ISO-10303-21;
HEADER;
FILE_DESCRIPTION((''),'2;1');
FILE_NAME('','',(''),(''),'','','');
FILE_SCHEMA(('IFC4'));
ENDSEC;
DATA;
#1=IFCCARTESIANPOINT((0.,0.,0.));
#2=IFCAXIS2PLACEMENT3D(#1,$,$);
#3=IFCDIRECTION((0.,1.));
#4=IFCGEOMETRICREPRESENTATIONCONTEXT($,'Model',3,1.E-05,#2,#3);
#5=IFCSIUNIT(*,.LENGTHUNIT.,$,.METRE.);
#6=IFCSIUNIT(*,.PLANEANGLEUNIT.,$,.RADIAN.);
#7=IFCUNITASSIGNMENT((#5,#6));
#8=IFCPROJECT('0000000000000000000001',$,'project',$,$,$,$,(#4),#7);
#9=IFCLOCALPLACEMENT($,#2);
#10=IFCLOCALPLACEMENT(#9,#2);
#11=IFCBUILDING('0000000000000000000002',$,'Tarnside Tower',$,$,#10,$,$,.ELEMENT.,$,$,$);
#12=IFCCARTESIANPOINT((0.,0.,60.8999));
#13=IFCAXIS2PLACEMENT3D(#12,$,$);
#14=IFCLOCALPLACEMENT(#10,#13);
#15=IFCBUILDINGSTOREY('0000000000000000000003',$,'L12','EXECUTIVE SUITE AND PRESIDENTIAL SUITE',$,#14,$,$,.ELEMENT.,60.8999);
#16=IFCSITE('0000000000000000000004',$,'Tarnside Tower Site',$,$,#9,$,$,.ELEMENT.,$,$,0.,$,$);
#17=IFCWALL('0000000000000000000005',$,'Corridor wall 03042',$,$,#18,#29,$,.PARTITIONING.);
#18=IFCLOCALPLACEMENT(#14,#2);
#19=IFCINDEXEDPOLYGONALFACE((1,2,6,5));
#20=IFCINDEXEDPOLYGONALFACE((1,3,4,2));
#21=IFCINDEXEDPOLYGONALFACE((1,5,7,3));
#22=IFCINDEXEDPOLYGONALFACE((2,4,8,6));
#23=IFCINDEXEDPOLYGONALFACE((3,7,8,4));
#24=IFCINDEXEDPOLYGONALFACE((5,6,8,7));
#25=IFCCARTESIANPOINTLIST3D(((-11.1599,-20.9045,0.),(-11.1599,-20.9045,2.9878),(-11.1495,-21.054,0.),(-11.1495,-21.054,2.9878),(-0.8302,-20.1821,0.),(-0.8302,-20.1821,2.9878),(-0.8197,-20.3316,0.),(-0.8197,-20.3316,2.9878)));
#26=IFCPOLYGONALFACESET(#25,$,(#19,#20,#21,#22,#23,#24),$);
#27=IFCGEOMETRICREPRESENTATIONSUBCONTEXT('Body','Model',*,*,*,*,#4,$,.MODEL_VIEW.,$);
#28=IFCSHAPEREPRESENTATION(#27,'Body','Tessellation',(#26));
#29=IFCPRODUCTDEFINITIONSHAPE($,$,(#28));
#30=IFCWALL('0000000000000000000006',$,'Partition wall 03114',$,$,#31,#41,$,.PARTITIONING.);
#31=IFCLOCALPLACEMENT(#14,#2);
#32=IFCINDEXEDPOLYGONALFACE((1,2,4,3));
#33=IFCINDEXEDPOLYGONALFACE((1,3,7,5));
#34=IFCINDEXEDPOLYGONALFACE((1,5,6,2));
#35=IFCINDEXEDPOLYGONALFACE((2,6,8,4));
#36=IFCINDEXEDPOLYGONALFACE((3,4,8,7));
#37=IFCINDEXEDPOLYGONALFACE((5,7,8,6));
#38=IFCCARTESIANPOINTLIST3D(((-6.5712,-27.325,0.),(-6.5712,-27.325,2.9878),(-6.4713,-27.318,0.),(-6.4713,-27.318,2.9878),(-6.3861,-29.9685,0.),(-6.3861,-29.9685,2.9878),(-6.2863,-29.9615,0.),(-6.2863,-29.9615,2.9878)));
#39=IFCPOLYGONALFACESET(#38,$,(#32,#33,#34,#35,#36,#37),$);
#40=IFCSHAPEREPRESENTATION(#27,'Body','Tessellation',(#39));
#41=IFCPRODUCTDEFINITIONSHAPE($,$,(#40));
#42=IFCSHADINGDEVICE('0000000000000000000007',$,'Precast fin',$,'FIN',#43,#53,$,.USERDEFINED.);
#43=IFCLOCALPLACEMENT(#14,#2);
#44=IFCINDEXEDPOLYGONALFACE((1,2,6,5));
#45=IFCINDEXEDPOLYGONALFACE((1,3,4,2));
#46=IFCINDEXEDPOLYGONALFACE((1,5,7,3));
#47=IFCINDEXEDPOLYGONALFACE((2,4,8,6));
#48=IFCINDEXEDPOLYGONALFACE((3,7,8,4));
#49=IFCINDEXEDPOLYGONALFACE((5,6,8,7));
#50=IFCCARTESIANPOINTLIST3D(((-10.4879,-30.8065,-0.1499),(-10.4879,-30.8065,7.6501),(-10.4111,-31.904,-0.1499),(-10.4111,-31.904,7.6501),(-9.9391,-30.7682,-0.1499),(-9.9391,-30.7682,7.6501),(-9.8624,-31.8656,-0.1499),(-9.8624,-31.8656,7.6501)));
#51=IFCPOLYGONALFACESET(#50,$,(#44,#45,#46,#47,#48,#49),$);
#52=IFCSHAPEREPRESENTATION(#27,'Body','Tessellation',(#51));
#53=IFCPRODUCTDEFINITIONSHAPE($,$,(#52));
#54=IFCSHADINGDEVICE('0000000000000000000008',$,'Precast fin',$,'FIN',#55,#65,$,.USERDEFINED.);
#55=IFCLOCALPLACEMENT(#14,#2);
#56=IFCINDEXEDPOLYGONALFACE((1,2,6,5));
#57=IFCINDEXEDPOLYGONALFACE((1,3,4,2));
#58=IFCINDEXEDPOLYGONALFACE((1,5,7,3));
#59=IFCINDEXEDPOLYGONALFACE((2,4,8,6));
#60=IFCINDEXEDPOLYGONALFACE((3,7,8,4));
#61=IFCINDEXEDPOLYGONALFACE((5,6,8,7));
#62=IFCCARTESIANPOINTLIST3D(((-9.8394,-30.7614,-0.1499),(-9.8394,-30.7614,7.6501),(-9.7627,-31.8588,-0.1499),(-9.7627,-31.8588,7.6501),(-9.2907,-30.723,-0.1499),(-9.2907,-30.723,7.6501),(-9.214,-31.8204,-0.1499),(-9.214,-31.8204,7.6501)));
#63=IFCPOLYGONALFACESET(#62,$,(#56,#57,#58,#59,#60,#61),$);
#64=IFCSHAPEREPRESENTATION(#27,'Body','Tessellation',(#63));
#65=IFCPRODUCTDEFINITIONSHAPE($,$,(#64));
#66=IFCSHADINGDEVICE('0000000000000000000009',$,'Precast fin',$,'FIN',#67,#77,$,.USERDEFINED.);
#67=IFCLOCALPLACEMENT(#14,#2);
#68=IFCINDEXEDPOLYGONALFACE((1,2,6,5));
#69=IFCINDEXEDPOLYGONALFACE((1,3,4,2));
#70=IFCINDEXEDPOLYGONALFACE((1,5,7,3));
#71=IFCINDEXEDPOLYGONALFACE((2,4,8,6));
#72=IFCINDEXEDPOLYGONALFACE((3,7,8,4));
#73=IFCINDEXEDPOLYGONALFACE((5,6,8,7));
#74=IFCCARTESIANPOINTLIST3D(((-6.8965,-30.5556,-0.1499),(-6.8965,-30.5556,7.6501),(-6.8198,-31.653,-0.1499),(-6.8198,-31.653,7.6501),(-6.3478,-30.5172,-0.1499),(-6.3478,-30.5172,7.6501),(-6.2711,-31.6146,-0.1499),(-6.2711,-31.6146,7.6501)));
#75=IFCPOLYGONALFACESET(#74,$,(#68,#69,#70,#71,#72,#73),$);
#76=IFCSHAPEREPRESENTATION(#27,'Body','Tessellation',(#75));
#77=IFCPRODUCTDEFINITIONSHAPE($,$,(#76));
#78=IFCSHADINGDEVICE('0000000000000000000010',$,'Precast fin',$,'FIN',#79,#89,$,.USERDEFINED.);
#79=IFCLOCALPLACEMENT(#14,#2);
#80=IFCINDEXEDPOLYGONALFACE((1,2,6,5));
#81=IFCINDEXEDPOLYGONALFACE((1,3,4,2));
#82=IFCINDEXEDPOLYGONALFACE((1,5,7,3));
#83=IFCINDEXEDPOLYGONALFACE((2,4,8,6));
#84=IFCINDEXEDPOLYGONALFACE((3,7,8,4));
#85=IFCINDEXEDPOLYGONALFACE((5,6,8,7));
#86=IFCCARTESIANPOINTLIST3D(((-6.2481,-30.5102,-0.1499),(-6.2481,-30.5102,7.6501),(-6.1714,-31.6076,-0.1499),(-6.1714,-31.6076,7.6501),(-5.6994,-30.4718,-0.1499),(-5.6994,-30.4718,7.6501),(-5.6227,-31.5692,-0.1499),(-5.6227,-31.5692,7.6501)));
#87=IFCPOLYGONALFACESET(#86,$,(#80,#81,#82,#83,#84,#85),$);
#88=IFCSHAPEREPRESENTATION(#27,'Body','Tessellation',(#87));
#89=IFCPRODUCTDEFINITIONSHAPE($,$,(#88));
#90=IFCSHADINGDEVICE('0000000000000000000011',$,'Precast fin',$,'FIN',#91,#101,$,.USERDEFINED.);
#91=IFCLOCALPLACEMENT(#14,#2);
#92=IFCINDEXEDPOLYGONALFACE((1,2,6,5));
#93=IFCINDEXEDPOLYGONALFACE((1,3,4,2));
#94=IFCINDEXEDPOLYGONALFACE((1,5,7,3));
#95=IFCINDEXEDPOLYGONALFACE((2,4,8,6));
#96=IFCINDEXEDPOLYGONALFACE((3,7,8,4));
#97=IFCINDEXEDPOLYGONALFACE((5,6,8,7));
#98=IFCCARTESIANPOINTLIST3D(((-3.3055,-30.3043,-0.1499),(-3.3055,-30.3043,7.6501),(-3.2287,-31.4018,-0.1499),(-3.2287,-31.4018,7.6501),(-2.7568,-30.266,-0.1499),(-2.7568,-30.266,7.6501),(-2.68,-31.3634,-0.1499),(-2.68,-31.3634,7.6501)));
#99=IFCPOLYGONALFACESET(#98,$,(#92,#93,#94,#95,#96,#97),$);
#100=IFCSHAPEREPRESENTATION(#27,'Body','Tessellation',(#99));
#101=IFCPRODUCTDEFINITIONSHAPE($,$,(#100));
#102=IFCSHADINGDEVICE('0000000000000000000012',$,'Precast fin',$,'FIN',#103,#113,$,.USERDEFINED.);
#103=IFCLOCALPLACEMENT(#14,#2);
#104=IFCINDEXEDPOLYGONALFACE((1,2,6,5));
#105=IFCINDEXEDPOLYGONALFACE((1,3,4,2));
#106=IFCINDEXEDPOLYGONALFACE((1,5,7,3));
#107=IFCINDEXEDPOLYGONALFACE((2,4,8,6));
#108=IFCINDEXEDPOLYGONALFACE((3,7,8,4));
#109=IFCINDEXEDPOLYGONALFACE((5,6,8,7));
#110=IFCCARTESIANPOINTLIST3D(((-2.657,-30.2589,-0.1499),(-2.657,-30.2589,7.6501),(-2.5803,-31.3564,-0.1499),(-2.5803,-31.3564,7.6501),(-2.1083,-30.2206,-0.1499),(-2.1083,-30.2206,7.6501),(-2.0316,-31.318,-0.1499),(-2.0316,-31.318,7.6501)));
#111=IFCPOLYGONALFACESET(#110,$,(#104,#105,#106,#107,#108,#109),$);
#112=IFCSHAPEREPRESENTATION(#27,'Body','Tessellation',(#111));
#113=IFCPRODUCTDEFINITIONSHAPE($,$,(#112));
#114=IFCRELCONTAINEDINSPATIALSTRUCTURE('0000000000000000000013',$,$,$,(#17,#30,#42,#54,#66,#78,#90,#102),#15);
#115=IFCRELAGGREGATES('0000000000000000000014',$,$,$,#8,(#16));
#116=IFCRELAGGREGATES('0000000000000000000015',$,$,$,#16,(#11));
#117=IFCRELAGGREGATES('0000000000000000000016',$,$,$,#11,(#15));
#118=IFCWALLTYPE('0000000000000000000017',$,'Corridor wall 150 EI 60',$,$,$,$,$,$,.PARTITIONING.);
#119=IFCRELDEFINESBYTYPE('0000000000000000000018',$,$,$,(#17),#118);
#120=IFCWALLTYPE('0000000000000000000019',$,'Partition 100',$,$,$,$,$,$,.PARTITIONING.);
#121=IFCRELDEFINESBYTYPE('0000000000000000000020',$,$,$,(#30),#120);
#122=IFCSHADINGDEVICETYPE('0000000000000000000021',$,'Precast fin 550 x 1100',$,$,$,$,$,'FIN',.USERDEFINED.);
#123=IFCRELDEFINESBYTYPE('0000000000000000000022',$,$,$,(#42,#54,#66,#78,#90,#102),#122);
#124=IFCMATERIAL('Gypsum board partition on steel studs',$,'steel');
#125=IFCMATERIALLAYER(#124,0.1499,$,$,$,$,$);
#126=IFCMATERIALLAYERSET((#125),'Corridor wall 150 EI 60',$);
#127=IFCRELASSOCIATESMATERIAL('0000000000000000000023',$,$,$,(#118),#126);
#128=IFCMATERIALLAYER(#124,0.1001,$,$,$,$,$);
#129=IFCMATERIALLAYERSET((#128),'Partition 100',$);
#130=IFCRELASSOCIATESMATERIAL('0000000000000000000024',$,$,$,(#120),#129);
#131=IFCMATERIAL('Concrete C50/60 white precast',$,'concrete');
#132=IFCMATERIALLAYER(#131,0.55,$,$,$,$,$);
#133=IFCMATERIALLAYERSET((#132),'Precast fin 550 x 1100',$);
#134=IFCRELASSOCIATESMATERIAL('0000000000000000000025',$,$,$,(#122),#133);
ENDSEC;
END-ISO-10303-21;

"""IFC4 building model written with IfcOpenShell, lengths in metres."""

from ifc_helpers import new_model, si_unit, direction, frame, frame_2d, origin, place, context, subcontext, project, spatial, polyline, rectangle, outline, extrude, material, layer, layer_set, type_object, element, save


model = new_model("IFC4")

# Units and contexts
model_context = context("Model", 3, precision=1e-05, world=origin(), true_north=direction((0.0, 1.0)))
body_context = subcontext(model_context, "Body", "Model", "MODEL_VIEW")
ifc_project = project(units=[si_unit("LENGTHUNIT", "METRE"), si_unit("PLANEANGLEUNIT", "RADIAN")], contexts=[model_context])

# Site, building, storey
site_placement = place(None, origin())
site = spatial("IfcSite", under=ifc_project, at=site_placement, Name="Tarnside Tower Site", CompositionType="ELEMENT", RefElevation=0.0)
building_placement = place(site_placement, origin())
building = spatial("IfcBuilding", under=site, at=building_placement, Name="Tarnside Tower", CompositionType="ELEMENT")
storey_placement = place(building_placement, frame((0.0, 0.0, 60.8999)))
storey = spatial("IfcBuildingStorey", under=building, at=storey_placement, Name="L12", Description="EXECUTIVE SUITE AND PRESIDENTIAL SUITE", CompositionType="ELEMENT", Elevation=60.8999)

# Shared definitions
ifc_material_1 = material(Name="Gypsum board partition on steel studs", Category="steel")

# Walls
ifc_layer_1 = layer(ifc_material_1, 0.1499)
ifc_layer_set_1 = layer_set([ifc_layer_1], Name="Corridor wall 150 EI 60")
wall_type_1 = type_object("IfcWallType", Name="Corridor wall 150 EI 60", PredefinedType="PARTITIONING", material=ifc_layer_set_1)
wall_1_placement = place(storey_placement, frame((-0.825, -20.2568, 0.0), z_axis=(0.0, 0.0, 1.0), x_axis=(-0.997564, -0.069764, 0.0)))
element("IfcWall", 1, at=wall_1_placement, inside=storey, type_object=wall_type_1, Name="Corridor wall 03042", PredefinedType="PARTITIONING", context=body_context, shape_type="SweptSolid", body=[
    extrude(rectangle(XDim=10.355, YDim=0.1499, at=frame_2d((5.1775, 0.0))), origin(), (0.0, 0.0, 1.0), 2.9878),
])
ifc_layer_2 = layer(ifc_material_1, 0.1001)
ifc_layer_set_2 = layer_set([ifc_layer_2], Name="Partition 100")
wall_type_2 = type_object("IfcWallType", Name="Partition 100", PredefinedType="PARTITIONING", material=ifc_layer_set_2)
wall_2_placement = place(storey_placement, frame((-6.5212, -27.3215, 0.0), z_axis=(0.0, 0.0, 1.0), x_axis=(0.069833, -0.997559, 0.0)))
element("IfcWall", 2, at=wall_2_placement, inside=storey, type_object=wall_type_2, Name="Partition wall 03114", PredefinedType="PARTITIONING", context=body_context, shape_type="SweptSolid", body=[
    extrude(rectangle(XDim=2.6499, YDim=0.1001, at=frame_2d((1.325, 0.0))), origin(), (0.0, 0.0, 1.0), 2.9878),
])

# Shading devices
ifc_material_2 = material(Name="Concrete C50/60 white precast", Category="concrete")
ifc_layer_3 = layer(ifc_material_2, 0.55)
ifc_layer_set_3 = layer_set([ifc_layer_3], Name="Precast fin 550 x 1100")
shading_device_type = type_object("IfcShadingDeviceType", Name="Precast fin 550 x 1100", ElementType="FIN", PredefinedType="USERDEFINED", material=ifc_layer_set_3)
for number, where, z_axis, x_axis, name in (
    (3, (-10.2134, -30.7874, -0.1499), (-0.997564, -0.069756, 0.0), (0.069756, -0.997564, 0.0), "Precast fin"),
    (4, (-9.5649, -30.7422, -0.1499), (-0.997564, -0.069756, 0.0), (0.069756, -0.997564, 0.0), "Precast fin"),
    (5, (-6.6221, -30.5364, -0.1499), (-0.997564, -0.069756, 0.0), (0.069756, -0.997564, 0.0), "Precast fin"),
    (6, (-5.9736, -30.491, -0.1499), (-0.997564, -0.069756, 0.0), (0.069756, -0.997564, 0.0), "Precast fin"),
    (7, (-3.031, -30.2852, -0.1499), (-0.997564, -0.069756, 0.0), (0.069756, -0.997564, 0.0), "Precast fin"),
    (8, (-2.3826, -30.2397, -0.1499), (-0.997564, -0.069756, 0.0), (0.069756, -0.997564, 0.0), "Precast fin"),
):
    element("IfcShadingDevice", number, at=place(storey_placement, frame(where, z_axis=z_axis, x_axis=x_axis)), inside=storey, type_object=shading_device_type, Name=name, ObjectType="FIN", PredefinedType="USERDEFINED", context=body_context, shape_type="SweptSolid", body=[
        extrude(outline(polyline([(0.0, 0.0), (1.1001, 0.0), (1.1001, 7.8), (0.0, 7.8), (0.0, 0.0)])), frame((0.0, 0.0, -0.2749)), (0.0, 0.0, 1.0), 0.55),
    ])

save(model, "model.ifc")
